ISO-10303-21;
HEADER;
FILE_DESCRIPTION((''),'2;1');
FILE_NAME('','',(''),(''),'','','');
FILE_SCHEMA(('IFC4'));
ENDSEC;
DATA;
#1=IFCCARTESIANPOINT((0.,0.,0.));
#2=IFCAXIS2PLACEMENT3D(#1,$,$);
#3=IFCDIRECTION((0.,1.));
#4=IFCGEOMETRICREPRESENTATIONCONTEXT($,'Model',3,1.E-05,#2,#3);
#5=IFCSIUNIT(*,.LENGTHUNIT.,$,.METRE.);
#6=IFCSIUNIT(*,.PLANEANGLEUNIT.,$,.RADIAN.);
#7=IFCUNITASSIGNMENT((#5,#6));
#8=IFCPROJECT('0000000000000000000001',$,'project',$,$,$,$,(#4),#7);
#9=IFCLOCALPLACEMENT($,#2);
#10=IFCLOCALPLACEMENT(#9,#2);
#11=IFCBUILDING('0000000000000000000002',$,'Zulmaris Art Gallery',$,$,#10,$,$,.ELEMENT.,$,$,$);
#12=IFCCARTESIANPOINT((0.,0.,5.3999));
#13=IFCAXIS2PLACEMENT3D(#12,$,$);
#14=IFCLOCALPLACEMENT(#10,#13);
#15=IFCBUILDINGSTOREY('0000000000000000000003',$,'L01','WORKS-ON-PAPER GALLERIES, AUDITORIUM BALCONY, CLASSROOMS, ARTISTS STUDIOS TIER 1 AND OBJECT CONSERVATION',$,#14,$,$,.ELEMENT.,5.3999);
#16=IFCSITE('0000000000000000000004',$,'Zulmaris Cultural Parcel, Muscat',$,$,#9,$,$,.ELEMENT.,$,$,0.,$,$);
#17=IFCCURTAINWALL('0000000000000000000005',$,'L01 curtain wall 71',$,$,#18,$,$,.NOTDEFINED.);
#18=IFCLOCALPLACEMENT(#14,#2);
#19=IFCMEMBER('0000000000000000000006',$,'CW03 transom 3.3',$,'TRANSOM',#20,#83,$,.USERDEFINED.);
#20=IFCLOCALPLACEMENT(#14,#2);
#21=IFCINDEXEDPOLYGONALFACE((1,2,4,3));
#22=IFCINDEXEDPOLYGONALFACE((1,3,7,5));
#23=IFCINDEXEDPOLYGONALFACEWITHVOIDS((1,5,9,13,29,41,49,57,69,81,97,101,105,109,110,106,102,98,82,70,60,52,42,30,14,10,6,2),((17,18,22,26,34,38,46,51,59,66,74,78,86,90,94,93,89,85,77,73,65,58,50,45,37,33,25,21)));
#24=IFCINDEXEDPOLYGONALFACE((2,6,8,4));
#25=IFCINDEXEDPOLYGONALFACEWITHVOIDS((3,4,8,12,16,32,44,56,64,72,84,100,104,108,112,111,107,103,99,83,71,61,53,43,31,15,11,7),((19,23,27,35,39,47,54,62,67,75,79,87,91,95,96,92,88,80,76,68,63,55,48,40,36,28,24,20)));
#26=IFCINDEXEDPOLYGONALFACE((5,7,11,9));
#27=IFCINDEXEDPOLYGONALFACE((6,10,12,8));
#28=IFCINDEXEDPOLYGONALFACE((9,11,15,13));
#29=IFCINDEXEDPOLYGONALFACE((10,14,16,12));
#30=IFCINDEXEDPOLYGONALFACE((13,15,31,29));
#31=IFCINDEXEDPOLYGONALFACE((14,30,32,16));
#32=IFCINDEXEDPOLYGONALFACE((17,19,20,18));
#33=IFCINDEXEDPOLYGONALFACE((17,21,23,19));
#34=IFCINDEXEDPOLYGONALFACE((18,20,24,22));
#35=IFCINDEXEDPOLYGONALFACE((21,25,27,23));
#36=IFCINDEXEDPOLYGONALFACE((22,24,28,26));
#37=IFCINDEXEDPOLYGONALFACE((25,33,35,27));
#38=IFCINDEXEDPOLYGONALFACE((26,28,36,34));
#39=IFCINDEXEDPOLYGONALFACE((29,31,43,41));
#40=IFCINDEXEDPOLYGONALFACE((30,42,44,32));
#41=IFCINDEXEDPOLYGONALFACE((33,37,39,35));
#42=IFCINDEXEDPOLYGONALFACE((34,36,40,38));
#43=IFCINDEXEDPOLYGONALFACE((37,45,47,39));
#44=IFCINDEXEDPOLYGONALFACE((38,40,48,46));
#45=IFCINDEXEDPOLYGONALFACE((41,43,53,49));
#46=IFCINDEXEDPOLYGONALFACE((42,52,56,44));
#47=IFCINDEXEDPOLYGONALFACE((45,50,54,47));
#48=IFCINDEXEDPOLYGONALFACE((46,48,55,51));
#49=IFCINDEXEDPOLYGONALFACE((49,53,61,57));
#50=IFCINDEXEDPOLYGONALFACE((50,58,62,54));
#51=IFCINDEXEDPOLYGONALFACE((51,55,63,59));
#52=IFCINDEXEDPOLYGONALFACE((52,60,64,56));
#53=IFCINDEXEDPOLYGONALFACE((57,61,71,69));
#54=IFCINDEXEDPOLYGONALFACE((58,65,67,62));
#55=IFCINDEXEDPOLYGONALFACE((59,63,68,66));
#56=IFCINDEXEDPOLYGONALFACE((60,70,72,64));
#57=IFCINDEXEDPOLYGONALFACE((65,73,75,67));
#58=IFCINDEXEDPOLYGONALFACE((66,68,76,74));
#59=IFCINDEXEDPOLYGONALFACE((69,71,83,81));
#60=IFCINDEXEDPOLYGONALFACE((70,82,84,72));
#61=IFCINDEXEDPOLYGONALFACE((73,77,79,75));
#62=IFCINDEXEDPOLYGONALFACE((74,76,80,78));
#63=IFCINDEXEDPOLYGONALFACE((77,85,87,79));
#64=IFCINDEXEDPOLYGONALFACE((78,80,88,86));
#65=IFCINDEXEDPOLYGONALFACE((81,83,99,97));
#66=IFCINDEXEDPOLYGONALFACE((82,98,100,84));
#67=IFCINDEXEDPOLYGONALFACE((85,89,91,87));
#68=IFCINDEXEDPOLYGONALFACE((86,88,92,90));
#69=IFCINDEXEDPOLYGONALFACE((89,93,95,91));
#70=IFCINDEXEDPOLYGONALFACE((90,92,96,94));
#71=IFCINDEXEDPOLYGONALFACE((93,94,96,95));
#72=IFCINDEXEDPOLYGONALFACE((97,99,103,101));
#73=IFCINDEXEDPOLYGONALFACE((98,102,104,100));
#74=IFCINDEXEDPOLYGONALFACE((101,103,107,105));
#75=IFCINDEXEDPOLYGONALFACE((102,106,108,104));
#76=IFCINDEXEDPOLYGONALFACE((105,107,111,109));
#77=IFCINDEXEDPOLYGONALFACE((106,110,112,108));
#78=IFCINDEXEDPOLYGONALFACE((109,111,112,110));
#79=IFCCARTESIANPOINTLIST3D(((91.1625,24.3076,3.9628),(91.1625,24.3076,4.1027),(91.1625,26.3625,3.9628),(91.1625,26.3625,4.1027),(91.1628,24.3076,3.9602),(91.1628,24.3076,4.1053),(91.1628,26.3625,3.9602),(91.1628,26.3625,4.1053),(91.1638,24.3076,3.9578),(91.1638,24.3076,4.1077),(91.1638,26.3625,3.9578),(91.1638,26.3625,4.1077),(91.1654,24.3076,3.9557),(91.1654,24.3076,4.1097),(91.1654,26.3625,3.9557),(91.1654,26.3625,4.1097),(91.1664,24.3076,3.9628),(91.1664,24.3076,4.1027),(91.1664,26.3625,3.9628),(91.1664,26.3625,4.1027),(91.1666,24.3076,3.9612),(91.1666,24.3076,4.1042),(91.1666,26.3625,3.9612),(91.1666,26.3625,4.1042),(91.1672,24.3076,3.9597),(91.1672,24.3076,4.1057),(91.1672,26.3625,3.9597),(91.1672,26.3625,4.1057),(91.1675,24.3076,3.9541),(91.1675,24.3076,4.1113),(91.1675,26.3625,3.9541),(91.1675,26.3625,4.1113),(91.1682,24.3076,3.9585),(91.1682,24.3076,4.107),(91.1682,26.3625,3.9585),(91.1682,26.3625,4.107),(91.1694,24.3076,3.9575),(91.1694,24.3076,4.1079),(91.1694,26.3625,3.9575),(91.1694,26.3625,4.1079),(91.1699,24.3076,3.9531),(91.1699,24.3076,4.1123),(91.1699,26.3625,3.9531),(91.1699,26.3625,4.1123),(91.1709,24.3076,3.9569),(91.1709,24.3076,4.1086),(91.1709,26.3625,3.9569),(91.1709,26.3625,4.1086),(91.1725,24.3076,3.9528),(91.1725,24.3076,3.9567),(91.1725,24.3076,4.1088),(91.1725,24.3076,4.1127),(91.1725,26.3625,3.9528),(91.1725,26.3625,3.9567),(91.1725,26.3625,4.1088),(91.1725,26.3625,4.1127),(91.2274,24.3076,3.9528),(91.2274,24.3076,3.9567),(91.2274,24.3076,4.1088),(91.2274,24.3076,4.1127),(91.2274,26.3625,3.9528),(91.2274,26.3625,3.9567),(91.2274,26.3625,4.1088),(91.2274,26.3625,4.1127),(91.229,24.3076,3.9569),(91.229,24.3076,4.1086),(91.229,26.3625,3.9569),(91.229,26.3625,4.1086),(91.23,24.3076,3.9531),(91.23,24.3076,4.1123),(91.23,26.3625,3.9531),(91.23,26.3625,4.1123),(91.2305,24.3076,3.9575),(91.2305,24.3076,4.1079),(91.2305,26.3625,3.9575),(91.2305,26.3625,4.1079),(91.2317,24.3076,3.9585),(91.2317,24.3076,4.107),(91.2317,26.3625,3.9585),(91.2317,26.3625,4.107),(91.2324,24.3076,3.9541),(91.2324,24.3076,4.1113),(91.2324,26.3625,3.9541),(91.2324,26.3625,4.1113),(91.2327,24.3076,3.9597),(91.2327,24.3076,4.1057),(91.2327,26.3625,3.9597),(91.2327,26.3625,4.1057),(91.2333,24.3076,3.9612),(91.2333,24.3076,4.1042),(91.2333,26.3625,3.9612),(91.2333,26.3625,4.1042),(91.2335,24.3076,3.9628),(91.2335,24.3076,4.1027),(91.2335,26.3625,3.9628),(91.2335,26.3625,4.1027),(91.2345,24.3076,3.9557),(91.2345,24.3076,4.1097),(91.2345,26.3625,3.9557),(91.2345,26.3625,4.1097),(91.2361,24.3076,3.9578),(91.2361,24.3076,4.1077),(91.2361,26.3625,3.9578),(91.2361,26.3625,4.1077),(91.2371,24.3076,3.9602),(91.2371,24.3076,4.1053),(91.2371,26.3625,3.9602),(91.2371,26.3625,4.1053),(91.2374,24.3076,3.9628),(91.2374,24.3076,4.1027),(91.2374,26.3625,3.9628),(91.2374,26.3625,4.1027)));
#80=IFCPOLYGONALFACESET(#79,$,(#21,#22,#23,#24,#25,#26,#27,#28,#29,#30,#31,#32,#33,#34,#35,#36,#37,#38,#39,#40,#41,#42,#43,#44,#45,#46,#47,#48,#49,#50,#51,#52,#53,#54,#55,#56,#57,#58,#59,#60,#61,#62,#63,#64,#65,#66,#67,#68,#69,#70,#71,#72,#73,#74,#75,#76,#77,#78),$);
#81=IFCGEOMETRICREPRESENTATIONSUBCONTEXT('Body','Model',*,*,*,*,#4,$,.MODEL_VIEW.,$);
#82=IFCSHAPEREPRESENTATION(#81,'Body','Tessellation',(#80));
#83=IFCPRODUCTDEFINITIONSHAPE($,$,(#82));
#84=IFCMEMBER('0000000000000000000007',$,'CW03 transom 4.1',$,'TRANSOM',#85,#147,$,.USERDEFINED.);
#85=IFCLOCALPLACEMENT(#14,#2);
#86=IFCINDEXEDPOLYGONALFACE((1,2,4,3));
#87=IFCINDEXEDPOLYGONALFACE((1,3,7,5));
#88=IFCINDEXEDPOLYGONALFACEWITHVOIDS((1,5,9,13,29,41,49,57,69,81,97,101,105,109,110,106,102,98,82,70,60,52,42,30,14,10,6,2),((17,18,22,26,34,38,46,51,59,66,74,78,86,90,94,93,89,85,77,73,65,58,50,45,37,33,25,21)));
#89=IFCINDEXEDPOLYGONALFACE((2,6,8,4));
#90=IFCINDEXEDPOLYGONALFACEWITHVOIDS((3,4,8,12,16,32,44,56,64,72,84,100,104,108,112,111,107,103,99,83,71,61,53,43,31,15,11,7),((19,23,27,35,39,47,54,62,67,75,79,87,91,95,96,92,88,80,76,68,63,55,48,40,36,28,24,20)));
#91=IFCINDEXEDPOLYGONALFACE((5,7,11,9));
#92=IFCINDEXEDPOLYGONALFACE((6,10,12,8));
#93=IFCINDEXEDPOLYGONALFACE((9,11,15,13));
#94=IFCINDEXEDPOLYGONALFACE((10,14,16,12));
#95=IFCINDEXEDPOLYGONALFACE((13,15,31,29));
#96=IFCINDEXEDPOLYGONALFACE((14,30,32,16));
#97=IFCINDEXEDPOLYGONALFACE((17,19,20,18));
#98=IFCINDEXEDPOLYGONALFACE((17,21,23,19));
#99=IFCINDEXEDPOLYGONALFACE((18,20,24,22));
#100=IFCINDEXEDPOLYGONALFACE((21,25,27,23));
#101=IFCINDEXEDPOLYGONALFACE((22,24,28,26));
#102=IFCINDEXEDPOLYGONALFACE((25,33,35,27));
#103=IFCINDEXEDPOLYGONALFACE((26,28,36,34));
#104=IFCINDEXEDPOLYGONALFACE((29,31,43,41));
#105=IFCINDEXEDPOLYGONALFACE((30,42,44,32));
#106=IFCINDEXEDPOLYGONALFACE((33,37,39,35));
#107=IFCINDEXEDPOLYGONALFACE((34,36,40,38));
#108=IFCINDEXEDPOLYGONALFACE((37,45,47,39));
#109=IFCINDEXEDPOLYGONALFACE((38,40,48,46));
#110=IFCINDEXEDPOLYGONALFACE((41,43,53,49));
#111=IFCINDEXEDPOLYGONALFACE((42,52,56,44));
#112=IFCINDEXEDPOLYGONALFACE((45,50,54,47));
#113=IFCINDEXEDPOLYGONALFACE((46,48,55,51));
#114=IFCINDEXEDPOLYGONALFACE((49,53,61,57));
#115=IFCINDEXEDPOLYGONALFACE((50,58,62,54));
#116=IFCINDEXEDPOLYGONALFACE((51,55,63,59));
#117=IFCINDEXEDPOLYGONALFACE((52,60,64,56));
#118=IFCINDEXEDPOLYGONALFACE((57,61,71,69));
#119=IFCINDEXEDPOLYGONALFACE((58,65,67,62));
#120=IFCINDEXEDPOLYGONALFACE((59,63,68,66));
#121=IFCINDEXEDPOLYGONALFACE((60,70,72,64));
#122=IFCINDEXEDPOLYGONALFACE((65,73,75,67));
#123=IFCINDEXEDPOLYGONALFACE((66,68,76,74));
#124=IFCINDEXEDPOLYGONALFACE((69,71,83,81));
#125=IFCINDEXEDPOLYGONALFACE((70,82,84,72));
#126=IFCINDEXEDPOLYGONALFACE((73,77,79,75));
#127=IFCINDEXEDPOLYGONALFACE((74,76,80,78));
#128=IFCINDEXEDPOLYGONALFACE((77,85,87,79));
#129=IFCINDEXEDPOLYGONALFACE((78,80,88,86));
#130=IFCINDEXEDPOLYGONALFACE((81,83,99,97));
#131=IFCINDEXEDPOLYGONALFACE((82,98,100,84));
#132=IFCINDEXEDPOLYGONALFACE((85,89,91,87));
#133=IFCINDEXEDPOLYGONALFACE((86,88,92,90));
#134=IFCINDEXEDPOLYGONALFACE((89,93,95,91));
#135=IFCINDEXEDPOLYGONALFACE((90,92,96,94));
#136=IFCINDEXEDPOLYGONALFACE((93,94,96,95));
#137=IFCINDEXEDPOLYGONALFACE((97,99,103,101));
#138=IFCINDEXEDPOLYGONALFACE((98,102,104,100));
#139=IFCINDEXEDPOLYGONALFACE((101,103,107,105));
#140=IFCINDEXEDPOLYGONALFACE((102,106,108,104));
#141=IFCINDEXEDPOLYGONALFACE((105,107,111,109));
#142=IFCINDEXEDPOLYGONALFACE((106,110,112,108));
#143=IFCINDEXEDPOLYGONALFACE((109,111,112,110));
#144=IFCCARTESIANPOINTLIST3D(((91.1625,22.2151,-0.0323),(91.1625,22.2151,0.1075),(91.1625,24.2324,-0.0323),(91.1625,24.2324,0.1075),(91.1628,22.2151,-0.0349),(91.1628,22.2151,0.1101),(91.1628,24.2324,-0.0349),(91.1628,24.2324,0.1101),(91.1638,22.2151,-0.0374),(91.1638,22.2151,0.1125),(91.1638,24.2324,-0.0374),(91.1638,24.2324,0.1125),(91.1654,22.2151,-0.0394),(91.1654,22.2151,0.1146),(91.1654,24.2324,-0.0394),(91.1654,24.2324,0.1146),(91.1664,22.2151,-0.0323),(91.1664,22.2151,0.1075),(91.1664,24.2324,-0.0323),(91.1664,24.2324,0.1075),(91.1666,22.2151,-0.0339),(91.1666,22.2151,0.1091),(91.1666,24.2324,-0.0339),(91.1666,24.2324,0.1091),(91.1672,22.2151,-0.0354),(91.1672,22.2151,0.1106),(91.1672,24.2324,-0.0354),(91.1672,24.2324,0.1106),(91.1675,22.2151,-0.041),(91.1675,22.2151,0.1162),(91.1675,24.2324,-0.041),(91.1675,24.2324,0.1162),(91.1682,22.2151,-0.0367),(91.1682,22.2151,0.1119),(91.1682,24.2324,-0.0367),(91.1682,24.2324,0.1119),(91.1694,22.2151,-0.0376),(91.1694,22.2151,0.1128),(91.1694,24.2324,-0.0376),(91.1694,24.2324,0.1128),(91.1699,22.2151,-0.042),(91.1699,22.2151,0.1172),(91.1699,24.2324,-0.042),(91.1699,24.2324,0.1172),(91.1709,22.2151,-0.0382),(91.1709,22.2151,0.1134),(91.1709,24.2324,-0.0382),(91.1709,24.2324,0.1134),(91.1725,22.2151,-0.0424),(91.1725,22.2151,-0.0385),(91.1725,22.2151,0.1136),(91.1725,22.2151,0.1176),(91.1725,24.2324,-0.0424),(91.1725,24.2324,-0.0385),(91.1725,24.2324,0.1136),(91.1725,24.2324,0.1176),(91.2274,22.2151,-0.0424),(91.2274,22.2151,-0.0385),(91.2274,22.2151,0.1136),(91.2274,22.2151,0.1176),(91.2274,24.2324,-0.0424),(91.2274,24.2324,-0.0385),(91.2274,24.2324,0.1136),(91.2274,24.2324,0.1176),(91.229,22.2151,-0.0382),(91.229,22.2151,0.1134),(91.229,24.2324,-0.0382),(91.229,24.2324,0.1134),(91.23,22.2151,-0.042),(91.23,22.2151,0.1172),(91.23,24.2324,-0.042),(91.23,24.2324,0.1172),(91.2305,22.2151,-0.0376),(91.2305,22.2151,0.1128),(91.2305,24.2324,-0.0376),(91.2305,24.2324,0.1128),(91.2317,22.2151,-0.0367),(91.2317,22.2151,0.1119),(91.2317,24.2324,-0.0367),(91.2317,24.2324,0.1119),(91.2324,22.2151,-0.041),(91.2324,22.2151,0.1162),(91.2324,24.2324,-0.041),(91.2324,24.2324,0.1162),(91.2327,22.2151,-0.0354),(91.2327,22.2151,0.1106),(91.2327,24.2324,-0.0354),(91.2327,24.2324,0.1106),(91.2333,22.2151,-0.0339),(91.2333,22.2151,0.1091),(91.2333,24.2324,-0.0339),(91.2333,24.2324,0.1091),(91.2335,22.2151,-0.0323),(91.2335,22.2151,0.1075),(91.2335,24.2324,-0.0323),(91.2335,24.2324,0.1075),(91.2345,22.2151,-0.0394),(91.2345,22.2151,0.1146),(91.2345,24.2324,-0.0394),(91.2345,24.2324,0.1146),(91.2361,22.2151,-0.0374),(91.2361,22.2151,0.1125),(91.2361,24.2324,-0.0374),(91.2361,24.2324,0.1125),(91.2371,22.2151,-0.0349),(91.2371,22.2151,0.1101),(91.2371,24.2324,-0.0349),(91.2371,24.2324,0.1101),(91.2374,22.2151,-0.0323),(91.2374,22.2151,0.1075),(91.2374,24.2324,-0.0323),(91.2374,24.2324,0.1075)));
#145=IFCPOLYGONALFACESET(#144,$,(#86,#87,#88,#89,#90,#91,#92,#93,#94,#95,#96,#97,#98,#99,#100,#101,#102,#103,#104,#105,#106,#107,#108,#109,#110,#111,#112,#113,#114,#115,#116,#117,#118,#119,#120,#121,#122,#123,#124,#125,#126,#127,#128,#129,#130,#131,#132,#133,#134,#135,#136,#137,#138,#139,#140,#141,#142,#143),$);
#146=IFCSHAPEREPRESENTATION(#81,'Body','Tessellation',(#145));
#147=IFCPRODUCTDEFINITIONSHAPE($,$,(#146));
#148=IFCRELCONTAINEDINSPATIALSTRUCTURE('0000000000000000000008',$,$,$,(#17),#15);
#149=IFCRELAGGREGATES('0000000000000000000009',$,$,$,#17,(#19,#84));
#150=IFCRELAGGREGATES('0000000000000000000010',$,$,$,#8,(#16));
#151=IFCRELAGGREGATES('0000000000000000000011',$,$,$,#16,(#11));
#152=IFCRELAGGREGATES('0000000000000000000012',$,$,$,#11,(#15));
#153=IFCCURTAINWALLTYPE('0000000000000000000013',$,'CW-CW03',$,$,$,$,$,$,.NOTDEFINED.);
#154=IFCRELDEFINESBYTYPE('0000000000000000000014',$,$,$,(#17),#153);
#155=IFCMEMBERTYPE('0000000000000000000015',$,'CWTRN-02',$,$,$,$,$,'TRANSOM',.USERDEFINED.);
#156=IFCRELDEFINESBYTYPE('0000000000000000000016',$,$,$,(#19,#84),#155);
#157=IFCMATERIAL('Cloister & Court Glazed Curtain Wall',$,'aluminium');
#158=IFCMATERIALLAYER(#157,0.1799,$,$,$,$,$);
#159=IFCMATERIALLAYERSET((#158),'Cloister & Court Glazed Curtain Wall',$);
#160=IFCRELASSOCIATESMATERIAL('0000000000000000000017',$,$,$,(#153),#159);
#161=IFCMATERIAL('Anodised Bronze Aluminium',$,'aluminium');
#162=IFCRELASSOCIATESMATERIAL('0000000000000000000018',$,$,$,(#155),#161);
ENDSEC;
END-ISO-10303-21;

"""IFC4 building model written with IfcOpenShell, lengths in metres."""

from ifc_helpers import new_model, si_unit, direction, frame, origin, origin_2d, place, context, subcontext, project, spatial, hollow_rectangle, extrude, material, layer, layer_set, material_profile, profile_set, type_object, element, aggregate, save


model = new_model("IFC4")

# Units and contexts
model_context = context("Model", 3, precision=1e-05, world=origin(), true_north=direction((0.0, 1.0)))
body_context = subcontext(model_context, "Body", "Model", "MODEL_VIEW")
ifc_project = project(units=[si_unit("LENGTHUNIT", "METRE"), si_unit("PLANEANGLEUNIT", "RADIAN")], contexts=[model_context])

# Site, building, storey
site_placement = place(None, origin())
site = spatial("IfcSite", under=ifc_project, at=site_placement, Name="Zulmaris Cultural Parcel, Muscat", CompositionType="ELEMENT", RefElevation=0.0)
building_placement = place(site_placement, origin())
building = spatial("IfcBuilding", under=site, at=building_placement, Name="Zulmaris Art Gallery", CompositionType="ELEMENT")
storey_placement = place(building_placement, frame((0.0, 0.0, 5.3999)))
storey = spatial("IfcBuildingStorey", under=building, at=storey_placement, Name="L01", Description="WORKS-ON-PAPER GALLERIES, AUDITORIUM BALCONY, CLASSROOMS, ARTISTS STUDIOS TIER 1 AND OBJECT CONSERVATION", CompositionType="ELEMENT", Elevation=5.3999)

# Curtain wall, members
ifc_material_1 = material(Name="Cloister & Court Glazed Curtain Wall", Category="aluminium")
ifc_layer_1 = layer(ifc_material_1, 0.1799)
ifc_layer_set_1 = layer_set([ifc_layer_1], Name="Cloister & Court Glazed Curtain Wall")
curtain_wall_type = type_object("IfcCurtainWallType", Name="CW-CW03", PredefinedType="NOTDEFINED", material=ifc_layer_set_1)
curtain_wall_placement = place(storey_placement, origin())
curtain_wall = element("IfcCurtainWall", 1, at=curtain_wall_placement, inside=storey, type_object=curtain_wall_type, Name="L01 curtain wall 71", PredefinedType="NOTDEFINED")
ifc_material_2 = material(Name="Anodised Bronze Aluminium", Category="aluminium")
ifc_material_profile_1 = material_profile(ifc_material_2, hollow_rectangle(XDim=0.075, YDim=0.1599, WallThickness=0.0039, InnerFilletRadius=0.0061, OuterFilletRadius=0.01, at=origin_2d()), Name="ALU 75x160x4")
ifc_profile_set_1 = profile_set([ifc_material_profile_1], Name="Anodised Bronze Aluminium")
member_type_1 = type_object("IfcMemberType", Name="CWTRN-02", ElementType="TRANSOM", PredefinedType="USERDEFINED", material=ifc_profile_set_1)
member_1_placement = place(storey_placement, frame((91.2, 26.3625, 4.0327), z_axis=(0.0, -1.0, 0.0), x_axis=(1.0, 0.0, 0.0)))
member_1 = element("IfcMember", 2, at=member_1_placement, type_object=member_type_1, Name="CW03 transom 3.3", ObjectType="TRANSOM", PredefinedType="USERDEFINED", context=body_context, shape_type="SweptSolid", body=[
    extrude(hollow_rectangle(XDim=0.075, YDim=0.1599, WallThickness=0.0039, InnerFilletRadius=0.0061, OuterFilletRadius=0.01, at=origin_2d()), origin(), (0.0, 0.0, 1.0), 2.0549),
])
member_2_placement = place(storey_placement, frame((91.2, 24.2324, 0.0376), z_axis=(0.0, -1.0, 0.0), x_axis=(1.0, 0.0, 0.0)))
member_2 = element("IfcMember", 3, at=member_2_placement, type_object=member_type_1, Name="CW03 transom 4.1", ObjectType="TRANSOM", PredefinedType="USERDEFINED", context=body_context, shape_type="SweptSolid", body=[
    extrude(hollow_rectangle(XDim=0.075, YDim=0.1599, WallThickness=0.0039, InnerFilletRadius=0.0061, OuterFilletRadius=0.01, at=origin_2d()), origin(), (0.0, 0.0, 1.0), 2.0173),
])
aggregate(curtain_wall, [member_1, member_2])

save(model, "model.ifc")
